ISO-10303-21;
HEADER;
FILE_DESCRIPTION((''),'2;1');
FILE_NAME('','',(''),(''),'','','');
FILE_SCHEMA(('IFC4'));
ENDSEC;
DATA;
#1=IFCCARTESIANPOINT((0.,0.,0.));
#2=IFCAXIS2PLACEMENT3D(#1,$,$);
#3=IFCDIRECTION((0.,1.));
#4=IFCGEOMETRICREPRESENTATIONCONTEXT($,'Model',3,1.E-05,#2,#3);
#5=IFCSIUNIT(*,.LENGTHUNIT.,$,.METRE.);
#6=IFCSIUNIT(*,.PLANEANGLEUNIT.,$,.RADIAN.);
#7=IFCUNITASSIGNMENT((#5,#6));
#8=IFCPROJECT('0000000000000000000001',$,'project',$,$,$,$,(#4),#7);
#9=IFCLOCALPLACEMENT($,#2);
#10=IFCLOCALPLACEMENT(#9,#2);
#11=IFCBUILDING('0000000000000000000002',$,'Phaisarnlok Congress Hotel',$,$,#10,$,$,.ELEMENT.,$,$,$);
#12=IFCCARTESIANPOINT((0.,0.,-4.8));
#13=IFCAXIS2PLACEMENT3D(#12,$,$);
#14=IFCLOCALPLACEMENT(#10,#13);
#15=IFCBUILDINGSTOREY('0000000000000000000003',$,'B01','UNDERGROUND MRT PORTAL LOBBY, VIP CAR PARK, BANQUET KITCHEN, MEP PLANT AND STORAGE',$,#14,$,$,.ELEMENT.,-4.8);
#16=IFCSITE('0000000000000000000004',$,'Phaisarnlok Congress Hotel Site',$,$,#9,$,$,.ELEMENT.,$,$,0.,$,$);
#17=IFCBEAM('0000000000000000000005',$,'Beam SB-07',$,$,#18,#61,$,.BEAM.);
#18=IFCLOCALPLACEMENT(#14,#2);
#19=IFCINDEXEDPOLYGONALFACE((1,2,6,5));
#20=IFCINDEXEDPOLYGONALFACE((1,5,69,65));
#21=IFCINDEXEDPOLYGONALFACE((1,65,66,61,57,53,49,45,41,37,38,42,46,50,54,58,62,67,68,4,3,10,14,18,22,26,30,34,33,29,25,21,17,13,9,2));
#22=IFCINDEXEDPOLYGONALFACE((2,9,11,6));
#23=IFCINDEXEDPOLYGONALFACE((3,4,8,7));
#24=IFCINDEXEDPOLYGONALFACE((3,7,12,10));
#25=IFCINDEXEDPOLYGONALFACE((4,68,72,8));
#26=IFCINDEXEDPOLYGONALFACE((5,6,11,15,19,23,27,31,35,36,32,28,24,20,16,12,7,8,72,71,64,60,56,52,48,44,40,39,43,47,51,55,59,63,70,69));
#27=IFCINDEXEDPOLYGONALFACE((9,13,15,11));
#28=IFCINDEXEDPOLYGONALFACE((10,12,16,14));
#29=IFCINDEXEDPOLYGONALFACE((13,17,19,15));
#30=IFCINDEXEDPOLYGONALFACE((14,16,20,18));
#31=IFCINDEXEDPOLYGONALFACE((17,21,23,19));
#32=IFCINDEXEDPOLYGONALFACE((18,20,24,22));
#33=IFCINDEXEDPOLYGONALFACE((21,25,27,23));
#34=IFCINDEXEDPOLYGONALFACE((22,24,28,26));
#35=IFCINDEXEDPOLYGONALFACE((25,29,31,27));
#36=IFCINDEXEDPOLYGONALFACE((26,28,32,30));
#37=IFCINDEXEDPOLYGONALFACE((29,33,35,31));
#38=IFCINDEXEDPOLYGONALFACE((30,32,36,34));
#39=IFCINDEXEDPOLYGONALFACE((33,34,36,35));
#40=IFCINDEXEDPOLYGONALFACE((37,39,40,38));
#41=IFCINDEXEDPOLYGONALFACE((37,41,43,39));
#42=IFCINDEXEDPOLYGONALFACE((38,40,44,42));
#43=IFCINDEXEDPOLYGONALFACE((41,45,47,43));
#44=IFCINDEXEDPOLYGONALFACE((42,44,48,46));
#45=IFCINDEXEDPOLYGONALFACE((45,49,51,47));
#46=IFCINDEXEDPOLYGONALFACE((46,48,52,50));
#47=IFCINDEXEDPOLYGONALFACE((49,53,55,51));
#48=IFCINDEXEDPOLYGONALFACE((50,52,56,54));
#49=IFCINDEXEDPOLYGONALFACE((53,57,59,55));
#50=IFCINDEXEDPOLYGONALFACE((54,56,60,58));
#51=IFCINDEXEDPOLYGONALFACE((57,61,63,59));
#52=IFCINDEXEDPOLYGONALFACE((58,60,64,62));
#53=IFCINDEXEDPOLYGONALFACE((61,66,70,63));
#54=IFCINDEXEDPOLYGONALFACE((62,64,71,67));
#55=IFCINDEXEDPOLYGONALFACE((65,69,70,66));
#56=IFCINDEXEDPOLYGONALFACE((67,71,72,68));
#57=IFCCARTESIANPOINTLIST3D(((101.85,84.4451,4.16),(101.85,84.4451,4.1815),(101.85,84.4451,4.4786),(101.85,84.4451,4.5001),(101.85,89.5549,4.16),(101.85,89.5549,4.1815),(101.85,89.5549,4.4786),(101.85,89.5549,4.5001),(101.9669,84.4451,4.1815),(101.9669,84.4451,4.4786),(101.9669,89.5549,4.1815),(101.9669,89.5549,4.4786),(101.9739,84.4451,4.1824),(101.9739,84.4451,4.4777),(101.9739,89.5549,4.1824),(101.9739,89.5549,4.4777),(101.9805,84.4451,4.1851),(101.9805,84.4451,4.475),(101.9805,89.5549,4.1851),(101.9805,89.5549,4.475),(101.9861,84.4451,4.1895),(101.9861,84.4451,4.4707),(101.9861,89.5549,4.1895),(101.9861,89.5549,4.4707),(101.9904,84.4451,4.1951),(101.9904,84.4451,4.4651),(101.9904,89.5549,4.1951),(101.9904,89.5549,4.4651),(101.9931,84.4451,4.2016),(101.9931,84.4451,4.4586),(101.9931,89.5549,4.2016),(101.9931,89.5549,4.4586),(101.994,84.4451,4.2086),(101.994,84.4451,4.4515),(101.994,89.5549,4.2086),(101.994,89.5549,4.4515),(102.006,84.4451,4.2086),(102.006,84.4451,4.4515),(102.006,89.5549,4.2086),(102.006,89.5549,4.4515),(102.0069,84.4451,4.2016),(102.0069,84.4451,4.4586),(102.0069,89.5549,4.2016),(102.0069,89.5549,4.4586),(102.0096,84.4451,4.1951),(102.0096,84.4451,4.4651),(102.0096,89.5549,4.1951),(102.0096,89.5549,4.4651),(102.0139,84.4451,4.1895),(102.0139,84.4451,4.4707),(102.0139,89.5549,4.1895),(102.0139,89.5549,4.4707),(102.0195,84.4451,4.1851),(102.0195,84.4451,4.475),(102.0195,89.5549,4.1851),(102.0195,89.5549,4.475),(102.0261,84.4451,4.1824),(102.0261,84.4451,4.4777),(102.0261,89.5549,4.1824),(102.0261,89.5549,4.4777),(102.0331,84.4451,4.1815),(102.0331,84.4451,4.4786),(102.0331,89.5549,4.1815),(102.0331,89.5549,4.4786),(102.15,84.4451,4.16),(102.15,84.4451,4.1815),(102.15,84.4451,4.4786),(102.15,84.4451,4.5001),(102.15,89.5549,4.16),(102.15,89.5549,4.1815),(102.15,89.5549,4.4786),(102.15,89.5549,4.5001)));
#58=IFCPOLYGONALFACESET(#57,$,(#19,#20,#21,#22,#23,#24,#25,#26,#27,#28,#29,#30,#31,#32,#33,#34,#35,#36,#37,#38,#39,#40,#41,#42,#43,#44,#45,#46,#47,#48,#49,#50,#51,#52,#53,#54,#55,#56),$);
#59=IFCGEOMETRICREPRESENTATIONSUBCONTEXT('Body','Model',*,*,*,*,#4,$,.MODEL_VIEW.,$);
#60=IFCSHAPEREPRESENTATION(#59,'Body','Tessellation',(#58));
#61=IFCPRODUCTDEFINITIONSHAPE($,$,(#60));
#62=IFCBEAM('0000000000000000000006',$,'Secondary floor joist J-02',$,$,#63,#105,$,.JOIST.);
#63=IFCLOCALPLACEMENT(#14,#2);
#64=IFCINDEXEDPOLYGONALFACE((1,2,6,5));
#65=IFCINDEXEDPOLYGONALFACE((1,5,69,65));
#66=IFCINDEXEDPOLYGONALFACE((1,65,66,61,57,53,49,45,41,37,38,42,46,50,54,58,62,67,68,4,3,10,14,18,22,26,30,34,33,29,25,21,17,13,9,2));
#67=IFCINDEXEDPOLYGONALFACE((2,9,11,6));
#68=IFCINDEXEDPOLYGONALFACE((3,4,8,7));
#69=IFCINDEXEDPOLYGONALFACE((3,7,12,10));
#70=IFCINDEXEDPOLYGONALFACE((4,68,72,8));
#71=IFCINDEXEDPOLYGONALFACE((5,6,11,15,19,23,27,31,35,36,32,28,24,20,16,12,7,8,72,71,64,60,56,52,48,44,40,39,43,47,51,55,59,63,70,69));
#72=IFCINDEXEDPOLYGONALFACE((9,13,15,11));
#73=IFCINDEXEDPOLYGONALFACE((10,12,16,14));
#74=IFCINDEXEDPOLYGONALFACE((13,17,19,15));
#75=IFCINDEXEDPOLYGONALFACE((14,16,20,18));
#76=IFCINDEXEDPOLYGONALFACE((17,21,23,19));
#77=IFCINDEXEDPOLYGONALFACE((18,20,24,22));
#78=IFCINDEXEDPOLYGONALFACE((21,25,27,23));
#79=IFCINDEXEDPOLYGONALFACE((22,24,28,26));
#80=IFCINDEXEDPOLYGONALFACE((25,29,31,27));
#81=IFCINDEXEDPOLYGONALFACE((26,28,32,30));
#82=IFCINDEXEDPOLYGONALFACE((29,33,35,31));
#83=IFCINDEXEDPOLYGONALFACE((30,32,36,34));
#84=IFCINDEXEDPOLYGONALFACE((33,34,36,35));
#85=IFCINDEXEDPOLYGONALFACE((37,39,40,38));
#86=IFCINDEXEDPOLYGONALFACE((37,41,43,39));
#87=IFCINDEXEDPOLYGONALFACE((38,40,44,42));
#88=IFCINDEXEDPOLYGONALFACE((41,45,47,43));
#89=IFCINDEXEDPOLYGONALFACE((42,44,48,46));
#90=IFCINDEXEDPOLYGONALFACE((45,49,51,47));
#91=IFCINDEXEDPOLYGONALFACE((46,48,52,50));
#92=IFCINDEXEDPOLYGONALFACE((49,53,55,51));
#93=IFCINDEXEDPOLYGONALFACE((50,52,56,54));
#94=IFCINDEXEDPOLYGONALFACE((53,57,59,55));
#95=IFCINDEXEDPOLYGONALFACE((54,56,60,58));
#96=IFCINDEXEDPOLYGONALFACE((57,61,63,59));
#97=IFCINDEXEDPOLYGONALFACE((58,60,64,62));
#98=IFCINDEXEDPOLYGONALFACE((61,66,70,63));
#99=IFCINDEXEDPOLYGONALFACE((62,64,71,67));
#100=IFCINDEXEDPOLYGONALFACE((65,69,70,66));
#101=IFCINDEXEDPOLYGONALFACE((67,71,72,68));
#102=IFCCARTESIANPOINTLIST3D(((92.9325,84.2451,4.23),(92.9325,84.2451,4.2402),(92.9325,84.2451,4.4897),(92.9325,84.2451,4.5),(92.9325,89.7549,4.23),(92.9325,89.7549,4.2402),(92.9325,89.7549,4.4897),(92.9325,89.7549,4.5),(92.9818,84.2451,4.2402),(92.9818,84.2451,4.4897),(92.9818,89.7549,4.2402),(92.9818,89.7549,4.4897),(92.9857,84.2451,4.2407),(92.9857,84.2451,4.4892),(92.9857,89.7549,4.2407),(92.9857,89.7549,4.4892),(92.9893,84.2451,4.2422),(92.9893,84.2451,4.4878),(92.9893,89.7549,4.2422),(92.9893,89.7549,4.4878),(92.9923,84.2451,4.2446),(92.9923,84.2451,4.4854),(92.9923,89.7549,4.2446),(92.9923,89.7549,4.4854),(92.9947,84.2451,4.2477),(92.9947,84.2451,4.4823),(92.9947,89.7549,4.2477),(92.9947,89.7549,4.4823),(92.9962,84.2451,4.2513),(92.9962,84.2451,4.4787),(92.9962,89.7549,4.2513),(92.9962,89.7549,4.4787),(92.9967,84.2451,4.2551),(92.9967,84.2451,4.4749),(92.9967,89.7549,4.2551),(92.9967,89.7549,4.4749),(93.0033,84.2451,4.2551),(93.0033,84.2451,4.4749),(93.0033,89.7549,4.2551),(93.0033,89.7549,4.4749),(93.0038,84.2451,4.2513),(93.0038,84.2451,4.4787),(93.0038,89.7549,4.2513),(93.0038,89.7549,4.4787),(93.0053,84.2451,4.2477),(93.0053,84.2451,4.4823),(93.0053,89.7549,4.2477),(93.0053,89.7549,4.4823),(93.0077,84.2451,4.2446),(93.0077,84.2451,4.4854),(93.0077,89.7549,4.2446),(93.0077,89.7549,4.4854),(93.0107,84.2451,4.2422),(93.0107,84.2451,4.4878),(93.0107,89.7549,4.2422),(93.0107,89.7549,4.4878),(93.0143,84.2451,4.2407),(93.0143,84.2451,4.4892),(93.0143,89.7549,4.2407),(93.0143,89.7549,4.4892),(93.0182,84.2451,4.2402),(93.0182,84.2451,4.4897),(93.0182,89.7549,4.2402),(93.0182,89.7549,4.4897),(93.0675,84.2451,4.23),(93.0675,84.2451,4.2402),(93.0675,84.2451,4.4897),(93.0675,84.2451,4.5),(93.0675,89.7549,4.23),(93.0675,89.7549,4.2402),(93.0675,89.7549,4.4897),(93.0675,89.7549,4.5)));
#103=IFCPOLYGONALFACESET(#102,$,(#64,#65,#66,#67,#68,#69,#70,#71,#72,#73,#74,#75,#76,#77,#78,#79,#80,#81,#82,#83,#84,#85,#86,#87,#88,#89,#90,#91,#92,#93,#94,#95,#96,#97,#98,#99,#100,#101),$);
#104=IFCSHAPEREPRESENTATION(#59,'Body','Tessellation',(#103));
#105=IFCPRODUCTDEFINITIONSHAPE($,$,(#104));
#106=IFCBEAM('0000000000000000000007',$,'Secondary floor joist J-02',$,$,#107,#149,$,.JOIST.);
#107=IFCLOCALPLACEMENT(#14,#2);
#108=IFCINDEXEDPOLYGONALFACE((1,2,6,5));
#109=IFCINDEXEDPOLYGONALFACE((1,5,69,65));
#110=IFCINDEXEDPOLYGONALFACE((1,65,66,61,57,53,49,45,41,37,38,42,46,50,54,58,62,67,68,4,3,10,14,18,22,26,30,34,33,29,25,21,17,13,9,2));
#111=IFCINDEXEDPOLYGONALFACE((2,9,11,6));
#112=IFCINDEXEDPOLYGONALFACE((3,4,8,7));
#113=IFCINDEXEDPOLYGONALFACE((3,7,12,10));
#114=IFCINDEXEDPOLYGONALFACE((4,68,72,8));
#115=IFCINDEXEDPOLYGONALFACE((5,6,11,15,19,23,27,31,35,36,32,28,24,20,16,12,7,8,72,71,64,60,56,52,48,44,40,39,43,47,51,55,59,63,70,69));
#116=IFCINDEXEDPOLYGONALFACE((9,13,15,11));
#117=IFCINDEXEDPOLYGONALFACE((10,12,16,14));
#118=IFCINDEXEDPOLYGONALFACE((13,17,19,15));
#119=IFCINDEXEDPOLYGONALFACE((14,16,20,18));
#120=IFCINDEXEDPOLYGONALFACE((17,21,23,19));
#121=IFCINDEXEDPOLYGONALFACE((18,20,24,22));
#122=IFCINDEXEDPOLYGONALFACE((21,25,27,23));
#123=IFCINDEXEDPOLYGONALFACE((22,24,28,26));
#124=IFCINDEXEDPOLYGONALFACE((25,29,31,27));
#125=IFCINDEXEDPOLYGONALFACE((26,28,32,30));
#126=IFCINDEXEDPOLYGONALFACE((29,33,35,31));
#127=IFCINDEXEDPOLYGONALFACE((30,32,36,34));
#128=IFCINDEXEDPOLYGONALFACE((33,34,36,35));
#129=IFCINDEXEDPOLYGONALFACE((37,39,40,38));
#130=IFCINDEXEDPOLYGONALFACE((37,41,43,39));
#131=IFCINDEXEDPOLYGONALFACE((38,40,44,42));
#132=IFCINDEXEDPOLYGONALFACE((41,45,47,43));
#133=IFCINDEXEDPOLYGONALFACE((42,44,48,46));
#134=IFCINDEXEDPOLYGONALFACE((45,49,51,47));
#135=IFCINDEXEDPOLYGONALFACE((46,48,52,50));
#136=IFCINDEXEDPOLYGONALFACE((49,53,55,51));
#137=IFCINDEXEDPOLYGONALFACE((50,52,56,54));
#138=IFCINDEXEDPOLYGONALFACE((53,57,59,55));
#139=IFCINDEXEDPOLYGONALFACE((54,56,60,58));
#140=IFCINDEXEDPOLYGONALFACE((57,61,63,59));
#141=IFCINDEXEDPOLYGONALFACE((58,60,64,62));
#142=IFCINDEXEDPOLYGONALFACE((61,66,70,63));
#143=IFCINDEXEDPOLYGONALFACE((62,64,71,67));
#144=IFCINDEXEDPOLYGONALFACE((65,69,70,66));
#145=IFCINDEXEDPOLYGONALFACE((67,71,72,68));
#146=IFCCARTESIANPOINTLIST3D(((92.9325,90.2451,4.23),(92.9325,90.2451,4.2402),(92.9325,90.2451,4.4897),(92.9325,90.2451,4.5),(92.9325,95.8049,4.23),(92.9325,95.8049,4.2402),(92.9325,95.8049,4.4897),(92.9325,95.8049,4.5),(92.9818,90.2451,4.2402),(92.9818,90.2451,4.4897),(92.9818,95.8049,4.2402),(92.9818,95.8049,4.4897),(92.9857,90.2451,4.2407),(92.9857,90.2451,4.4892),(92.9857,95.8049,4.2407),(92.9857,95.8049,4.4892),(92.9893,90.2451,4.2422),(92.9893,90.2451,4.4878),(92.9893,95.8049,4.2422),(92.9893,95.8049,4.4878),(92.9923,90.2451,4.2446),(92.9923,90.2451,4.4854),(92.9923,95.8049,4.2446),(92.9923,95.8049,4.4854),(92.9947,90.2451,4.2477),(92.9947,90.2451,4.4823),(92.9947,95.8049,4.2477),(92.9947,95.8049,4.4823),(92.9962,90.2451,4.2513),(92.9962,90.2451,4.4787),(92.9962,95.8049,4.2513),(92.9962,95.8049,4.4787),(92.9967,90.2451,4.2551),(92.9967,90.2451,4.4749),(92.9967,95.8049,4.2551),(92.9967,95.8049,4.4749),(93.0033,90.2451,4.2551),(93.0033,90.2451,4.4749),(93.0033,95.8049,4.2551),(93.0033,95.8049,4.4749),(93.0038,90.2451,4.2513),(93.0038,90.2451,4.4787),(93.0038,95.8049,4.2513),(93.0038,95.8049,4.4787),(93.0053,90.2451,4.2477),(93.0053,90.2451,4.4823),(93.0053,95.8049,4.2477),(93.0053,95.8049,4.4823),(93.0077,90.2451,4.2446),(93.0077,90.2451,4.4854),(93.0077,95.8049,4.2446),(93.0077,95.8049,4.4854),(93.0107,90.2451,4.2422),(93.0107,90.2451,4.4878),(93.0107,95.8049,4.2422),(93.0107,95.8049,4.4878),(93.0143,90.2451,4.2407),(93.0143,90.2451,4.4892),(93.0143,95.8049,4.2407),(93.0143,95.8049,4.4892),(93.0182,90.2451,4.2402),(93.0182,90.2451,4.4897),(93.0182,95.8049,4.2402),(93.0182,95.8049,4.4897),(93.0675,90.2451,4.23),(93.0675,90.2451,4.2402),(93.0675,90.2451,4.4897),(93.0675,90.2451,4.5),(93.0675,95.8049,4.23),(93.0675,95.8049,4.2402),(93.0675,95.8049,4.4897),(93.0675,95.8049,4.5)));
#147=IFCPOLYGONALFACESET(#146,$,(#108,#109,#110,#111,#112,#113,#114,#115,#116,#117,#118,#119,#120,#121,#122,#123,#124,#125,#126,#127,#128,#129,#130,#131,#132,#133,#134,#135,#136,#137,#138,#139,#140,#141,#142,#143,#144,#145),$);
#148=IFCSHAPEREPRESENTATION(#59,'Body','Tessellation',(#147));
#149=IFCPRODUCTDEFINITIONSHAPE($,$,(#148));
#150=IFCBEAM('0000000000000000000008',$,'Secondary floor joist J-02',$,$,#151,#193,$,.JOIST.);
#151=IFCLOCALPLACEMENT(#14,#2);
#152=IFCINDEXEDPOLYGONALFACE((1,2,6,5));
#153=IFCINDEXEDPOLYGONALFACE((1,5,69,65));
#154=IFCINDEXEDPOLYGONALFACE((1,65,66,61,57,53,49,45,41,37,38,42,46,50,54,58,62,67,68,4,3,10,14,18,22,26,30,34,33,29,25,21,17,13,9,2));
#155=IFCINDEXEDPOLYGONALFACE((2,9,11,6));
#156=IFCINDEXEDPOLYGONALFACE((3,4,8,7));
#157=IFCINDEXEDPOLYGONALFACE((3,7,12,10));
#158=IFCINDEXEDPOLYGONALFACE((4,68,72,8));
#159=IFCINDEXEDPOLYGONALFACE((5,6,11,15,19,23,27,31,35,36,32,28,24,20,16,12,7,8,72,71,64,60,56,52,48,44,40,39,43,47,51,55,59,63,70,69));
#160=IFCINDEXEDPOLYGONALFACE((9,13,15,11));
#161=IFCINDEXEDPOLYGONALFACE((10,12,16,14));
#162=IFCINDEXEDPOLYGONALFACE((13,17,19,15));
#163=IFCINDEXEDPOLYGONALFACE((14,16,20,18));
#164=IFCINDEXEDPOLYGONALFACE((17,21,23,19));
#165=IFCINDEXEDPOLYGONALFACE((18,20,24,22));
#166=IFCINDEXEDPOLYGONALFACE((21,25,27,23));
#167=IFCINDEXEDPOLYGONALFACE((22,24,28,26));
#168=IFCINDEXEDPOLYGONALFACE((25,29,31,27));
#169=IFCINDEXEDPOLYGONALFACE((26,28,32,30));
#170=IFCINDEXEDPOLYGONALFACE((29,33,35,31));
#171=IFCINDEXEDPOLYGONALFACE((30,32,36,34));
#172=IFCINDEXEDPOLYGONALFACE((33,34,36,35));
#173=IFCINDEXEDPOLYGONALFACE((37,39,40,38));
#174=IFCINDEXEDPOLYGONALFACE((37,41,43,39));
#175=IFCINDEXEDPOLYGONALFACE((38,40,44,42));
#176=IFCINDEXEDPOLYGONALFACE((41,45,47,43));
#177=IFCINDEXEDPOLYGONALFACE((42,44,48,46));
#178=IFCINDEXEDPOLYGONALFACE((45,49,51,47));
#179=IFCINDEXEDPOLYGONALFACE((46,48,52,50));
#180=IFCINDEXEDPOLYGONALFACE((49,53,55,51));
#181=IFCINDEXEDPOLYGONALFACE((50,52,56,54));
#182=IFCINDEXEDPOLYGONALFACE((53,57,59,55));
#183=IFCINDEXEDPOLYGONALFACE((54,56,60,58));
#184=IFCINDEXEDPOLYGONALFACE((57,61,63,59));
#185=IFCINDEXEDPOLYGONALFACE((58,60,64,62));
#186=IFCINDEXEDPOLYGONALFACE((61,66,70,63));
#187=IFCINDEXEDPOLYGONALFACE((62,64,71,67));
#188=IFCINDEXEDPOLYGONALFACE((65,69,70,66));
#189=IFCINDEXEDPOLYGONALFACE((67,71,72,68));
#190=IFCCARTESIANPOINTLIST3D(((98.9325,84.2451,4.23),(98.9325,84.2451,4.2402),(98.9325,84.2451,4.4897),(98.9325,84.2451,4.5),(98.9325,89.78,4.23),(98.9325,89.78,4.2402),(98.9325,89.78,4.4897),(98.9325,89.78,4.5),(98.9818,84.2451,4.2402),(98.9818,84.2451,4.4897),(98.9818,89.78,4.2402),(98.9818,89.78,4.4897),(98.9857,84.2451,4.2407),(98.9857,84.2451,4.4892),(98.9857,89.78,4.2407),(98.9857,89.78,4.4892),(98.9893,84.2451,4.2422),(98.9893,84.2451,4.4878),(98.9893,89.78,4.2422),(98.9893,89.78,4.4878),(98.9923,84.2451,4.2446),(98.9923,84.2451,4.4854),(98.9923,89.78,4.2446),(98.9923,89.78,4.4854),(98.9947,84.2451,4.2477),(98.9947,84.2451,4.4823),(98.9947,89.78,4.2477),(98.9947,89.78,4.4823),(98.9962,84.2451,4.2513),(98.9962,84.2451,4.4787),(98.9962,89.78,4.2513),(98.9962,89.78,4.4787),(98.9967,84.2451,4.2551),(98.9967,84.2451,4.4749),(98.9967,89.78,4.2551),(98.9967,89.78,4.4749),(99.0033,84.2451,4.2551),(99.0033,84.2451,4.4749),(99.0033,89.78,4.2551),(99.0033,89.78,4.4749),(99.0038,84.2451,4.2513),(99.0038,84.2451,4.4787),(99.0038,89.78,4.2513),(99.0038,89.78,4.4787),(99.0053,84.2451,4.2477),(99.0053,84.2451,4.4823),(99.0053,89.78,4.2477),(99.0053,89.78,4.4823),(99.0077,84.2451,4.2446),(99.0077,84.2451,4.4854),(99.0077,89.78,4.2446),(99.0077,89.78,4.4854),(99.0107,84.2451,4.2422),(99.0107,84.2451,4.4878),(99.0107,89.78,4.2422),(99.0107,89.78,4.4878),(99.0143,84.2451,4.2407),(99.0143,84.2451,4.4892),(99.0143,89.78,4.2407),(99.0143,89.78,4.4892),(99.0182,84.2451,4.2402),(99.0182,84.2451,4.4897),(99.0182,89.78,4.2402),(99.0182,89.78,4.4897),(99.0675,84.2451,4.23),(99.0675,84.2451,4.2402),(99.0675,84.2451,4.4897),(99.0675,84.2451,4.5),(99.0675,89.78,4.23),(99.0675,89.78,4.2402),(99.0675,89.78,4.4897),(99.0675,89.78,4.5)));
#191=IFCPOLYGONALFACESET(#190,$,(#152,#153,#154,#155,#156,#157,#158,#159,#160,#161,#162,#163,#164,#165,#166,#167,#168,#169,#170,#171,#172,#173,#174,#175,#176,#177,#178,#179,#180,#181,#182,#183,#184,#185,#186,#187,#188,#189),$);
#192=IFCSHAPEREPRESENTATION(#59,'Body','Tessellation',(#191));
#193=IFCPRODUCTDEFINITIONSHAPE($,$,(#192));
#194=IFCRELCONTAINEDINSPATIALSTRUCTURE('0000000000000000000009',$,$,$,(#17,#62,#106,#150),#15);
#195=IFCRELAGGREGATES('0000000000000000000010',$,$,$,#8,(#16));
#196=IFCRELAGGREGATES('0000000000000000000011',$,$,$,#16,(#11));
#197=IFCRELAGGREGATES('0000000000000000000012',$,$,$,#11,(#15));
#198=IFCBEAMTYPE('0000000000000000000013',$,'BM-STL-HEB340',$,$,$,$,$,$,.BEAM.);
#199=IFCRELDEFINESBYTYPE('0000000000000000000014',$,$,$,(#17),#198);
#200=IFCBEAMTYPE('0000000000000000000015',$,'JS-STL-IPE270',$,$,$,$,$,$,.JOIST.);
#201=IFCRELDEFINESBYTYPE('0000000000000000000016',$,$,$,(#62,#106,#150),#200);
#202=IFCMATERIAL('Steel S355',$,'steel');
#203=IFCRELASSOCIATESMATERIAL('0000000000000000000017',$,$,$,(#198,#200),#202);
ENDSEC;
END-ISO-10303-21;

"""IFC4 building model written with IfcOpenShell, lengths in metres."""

from ifc_helpers import new_model, si_unit, direction, frame, origin, origin_2d, place, context, subcontext, project, spatial, i_section, extrude, material, material_profile, profile_set, type_object, element, save


model = new_model("IFC4")

# Units and contexts
model_context = context("Model", 3, precision=1e-05, world=origin(), true_north=direction((0.0, 1.0)))
body_context = subcontext(model_context, "Body", "Model", "MODEL_VIEW")
ifc_project = project(units=[si_unit("LENGTHUNIT", "METRE"), si_unit("PLANEANGLEUNIT", "RADIAN")], contexts=[model_context])

# Site, building, storey
site_placement = place(None, origin())
site = spatial("IfcSite", under=ifc_project, at=site_placement, Name="Phaisarnlok Congress Hotel Site", CompositionType="ELEMENT", RefElevation=0.0)
building_placement = place(site_placement, origin())
building = spatial("IfcBuilding", under=site, at=building_placement, Name="Phaisarnlok Congress Hotel", CompositionType="ELEMENT")
storey_placement = place(building_placement, frame((0.0, 0.0, -4.8)))
storey = spatial("IfcBuildingStorey", under=building, at=storey_placement, Name="B01", Description="UNDERGROUND MRT PORTAL LOBBY, VIP CAR PARK, BANQUET KITCHEN, MEP PLANT AND STORAGE", CompositionType="ELEMENT", Elevation=-4.8)

# Beams
ifc_material_1 = material(Name="Steel S355", Category="steel")
ifc_material_profile_1 = material_profile(ifc_material_1, i_section(OverallWidth=0.3, OverallDepth=0.3401, WebThickness=0.012, FlangeThickness=0.0215, FilletRadius=0.0271, at=origin_2d()), Name="HEB 340")
ifc_profile_set_1 = profile_set([ifc_material_profile_1], Name="Steel S355")
beam_type_1 = type_object("IfcBeamType", Name="BM-STL-HEB340", PredefinedType="BEAM", material=ifc_profile_set_1)
for number, where, z_axis, x_axis, name in (
    (1, (102.0, 84.4451, 4.3301), (0.0, 1.0, 0.0), (-1.0, 0.0, 0.0), "Beam SB-07"),
):
    element("IfcBeam", number, at=place(storey_placement, frame(where, z_axis=z_axis, x_axis=x_axis)), inside=storey, type_object=beam_type_1, Name=name, PredefinedType="BEAM", context=body_context, shape_type="SweptSolid", body=[
        extrude(i_section(OverallWidth=0.3, OverallDepth=0.3401, WebThickness=0.012, FlangeThickness=0.0215, FilletRadius=0.0271, at=origin_2d()), origin(), (0.0, 0.0, 1.0), 5.1099),
    ])
ifc_material_profile_2 = material_profile(ifc_material_1, i_section(OverallWidth=0.135, OverallDepth=0.27, WebThickness=0.0066, FlangeThickness=0.0103, FilletRadius=0.0149, at=origin_2d()), Name="IPE 270")
ifc_profile_set_2 = profile_set([ifc_material_profile_2], Name="Steel S355")
beam_type_2 = type_object("IfcBeamType", Name="JS-STL-IPE270", PredefinedType="JOIST", material=ifc_profile_set_2)
beam_1_placement = place(storey_placement, frame((93.0, 84.2451, 4.365), z_axis=(0.0, 1.0, 0.0), x_axis=(-1.0, 0.0, 0.0)))
element("IfcBeam", 2, at=beam_1_placement, inside=storey, type_object=beam_type_2, Name="Secondary floor joist J-02", PredefinedType="JOIST", context=body_context, shape_type="SweptSolid", body=[
    extrude(i_section(OverallWidth=0.135, OverallDepth=0.27, WebThickness=0.0066, FlangeThickness=0.0103, FilletRadius=0.0149, at=origin_2d()), origin(), (0.0, 0.0, 1.0), 5.5098),
])
beam_2_placement = place(storey_placement, frame((93.0, 90.2451, 4.365), z_axis=(0.0, 1.0, 0.0), x_axis=(-1.0, 0.0, 0.0)))
element("IfcBeam", 3, at=beam_2_placement, inside=storey, type_object=beam_type_2, Name="Secondary floor joist J-02", PredefinedType="JOIST", context=body_context, shape_type="SweptSolid", body=[
    extrude(i_section(OverallWidth=0.135, OverallDepth=0.27, WebThickness=0.0066, FlangeThickness=0.0103, FilletRadius=0.0149, at=origin_2d()), origin(), (0.0, 0.0, 1.0), 5.5598),
])
beam_3_placement = place(storey_placement, frame((99.0, 84.2451, 4.365), z_axis=(0.0, 1.0, 0.0), x_axis=(-1.0, 0.0, 0.0)))
element("IfcBeam", 4, at=beam_3_placement, inside=storey, type_object=beam_type_2, Name="Secondary floor joist J-02", PredefinedType="JOIST", context=body_context, shape_type="SweptSolid", body=[
    extrude(i_section(OverallWidth=0.135, OverallDepth=0.27, WebThickness=0.0066, FlangeThickness=0.0103, FilletRadius=0.0149, at=origin_2d()), origin(), (0.0, 0.0, 1.0), 5.5349),
])

save(model, "model.ifc")
